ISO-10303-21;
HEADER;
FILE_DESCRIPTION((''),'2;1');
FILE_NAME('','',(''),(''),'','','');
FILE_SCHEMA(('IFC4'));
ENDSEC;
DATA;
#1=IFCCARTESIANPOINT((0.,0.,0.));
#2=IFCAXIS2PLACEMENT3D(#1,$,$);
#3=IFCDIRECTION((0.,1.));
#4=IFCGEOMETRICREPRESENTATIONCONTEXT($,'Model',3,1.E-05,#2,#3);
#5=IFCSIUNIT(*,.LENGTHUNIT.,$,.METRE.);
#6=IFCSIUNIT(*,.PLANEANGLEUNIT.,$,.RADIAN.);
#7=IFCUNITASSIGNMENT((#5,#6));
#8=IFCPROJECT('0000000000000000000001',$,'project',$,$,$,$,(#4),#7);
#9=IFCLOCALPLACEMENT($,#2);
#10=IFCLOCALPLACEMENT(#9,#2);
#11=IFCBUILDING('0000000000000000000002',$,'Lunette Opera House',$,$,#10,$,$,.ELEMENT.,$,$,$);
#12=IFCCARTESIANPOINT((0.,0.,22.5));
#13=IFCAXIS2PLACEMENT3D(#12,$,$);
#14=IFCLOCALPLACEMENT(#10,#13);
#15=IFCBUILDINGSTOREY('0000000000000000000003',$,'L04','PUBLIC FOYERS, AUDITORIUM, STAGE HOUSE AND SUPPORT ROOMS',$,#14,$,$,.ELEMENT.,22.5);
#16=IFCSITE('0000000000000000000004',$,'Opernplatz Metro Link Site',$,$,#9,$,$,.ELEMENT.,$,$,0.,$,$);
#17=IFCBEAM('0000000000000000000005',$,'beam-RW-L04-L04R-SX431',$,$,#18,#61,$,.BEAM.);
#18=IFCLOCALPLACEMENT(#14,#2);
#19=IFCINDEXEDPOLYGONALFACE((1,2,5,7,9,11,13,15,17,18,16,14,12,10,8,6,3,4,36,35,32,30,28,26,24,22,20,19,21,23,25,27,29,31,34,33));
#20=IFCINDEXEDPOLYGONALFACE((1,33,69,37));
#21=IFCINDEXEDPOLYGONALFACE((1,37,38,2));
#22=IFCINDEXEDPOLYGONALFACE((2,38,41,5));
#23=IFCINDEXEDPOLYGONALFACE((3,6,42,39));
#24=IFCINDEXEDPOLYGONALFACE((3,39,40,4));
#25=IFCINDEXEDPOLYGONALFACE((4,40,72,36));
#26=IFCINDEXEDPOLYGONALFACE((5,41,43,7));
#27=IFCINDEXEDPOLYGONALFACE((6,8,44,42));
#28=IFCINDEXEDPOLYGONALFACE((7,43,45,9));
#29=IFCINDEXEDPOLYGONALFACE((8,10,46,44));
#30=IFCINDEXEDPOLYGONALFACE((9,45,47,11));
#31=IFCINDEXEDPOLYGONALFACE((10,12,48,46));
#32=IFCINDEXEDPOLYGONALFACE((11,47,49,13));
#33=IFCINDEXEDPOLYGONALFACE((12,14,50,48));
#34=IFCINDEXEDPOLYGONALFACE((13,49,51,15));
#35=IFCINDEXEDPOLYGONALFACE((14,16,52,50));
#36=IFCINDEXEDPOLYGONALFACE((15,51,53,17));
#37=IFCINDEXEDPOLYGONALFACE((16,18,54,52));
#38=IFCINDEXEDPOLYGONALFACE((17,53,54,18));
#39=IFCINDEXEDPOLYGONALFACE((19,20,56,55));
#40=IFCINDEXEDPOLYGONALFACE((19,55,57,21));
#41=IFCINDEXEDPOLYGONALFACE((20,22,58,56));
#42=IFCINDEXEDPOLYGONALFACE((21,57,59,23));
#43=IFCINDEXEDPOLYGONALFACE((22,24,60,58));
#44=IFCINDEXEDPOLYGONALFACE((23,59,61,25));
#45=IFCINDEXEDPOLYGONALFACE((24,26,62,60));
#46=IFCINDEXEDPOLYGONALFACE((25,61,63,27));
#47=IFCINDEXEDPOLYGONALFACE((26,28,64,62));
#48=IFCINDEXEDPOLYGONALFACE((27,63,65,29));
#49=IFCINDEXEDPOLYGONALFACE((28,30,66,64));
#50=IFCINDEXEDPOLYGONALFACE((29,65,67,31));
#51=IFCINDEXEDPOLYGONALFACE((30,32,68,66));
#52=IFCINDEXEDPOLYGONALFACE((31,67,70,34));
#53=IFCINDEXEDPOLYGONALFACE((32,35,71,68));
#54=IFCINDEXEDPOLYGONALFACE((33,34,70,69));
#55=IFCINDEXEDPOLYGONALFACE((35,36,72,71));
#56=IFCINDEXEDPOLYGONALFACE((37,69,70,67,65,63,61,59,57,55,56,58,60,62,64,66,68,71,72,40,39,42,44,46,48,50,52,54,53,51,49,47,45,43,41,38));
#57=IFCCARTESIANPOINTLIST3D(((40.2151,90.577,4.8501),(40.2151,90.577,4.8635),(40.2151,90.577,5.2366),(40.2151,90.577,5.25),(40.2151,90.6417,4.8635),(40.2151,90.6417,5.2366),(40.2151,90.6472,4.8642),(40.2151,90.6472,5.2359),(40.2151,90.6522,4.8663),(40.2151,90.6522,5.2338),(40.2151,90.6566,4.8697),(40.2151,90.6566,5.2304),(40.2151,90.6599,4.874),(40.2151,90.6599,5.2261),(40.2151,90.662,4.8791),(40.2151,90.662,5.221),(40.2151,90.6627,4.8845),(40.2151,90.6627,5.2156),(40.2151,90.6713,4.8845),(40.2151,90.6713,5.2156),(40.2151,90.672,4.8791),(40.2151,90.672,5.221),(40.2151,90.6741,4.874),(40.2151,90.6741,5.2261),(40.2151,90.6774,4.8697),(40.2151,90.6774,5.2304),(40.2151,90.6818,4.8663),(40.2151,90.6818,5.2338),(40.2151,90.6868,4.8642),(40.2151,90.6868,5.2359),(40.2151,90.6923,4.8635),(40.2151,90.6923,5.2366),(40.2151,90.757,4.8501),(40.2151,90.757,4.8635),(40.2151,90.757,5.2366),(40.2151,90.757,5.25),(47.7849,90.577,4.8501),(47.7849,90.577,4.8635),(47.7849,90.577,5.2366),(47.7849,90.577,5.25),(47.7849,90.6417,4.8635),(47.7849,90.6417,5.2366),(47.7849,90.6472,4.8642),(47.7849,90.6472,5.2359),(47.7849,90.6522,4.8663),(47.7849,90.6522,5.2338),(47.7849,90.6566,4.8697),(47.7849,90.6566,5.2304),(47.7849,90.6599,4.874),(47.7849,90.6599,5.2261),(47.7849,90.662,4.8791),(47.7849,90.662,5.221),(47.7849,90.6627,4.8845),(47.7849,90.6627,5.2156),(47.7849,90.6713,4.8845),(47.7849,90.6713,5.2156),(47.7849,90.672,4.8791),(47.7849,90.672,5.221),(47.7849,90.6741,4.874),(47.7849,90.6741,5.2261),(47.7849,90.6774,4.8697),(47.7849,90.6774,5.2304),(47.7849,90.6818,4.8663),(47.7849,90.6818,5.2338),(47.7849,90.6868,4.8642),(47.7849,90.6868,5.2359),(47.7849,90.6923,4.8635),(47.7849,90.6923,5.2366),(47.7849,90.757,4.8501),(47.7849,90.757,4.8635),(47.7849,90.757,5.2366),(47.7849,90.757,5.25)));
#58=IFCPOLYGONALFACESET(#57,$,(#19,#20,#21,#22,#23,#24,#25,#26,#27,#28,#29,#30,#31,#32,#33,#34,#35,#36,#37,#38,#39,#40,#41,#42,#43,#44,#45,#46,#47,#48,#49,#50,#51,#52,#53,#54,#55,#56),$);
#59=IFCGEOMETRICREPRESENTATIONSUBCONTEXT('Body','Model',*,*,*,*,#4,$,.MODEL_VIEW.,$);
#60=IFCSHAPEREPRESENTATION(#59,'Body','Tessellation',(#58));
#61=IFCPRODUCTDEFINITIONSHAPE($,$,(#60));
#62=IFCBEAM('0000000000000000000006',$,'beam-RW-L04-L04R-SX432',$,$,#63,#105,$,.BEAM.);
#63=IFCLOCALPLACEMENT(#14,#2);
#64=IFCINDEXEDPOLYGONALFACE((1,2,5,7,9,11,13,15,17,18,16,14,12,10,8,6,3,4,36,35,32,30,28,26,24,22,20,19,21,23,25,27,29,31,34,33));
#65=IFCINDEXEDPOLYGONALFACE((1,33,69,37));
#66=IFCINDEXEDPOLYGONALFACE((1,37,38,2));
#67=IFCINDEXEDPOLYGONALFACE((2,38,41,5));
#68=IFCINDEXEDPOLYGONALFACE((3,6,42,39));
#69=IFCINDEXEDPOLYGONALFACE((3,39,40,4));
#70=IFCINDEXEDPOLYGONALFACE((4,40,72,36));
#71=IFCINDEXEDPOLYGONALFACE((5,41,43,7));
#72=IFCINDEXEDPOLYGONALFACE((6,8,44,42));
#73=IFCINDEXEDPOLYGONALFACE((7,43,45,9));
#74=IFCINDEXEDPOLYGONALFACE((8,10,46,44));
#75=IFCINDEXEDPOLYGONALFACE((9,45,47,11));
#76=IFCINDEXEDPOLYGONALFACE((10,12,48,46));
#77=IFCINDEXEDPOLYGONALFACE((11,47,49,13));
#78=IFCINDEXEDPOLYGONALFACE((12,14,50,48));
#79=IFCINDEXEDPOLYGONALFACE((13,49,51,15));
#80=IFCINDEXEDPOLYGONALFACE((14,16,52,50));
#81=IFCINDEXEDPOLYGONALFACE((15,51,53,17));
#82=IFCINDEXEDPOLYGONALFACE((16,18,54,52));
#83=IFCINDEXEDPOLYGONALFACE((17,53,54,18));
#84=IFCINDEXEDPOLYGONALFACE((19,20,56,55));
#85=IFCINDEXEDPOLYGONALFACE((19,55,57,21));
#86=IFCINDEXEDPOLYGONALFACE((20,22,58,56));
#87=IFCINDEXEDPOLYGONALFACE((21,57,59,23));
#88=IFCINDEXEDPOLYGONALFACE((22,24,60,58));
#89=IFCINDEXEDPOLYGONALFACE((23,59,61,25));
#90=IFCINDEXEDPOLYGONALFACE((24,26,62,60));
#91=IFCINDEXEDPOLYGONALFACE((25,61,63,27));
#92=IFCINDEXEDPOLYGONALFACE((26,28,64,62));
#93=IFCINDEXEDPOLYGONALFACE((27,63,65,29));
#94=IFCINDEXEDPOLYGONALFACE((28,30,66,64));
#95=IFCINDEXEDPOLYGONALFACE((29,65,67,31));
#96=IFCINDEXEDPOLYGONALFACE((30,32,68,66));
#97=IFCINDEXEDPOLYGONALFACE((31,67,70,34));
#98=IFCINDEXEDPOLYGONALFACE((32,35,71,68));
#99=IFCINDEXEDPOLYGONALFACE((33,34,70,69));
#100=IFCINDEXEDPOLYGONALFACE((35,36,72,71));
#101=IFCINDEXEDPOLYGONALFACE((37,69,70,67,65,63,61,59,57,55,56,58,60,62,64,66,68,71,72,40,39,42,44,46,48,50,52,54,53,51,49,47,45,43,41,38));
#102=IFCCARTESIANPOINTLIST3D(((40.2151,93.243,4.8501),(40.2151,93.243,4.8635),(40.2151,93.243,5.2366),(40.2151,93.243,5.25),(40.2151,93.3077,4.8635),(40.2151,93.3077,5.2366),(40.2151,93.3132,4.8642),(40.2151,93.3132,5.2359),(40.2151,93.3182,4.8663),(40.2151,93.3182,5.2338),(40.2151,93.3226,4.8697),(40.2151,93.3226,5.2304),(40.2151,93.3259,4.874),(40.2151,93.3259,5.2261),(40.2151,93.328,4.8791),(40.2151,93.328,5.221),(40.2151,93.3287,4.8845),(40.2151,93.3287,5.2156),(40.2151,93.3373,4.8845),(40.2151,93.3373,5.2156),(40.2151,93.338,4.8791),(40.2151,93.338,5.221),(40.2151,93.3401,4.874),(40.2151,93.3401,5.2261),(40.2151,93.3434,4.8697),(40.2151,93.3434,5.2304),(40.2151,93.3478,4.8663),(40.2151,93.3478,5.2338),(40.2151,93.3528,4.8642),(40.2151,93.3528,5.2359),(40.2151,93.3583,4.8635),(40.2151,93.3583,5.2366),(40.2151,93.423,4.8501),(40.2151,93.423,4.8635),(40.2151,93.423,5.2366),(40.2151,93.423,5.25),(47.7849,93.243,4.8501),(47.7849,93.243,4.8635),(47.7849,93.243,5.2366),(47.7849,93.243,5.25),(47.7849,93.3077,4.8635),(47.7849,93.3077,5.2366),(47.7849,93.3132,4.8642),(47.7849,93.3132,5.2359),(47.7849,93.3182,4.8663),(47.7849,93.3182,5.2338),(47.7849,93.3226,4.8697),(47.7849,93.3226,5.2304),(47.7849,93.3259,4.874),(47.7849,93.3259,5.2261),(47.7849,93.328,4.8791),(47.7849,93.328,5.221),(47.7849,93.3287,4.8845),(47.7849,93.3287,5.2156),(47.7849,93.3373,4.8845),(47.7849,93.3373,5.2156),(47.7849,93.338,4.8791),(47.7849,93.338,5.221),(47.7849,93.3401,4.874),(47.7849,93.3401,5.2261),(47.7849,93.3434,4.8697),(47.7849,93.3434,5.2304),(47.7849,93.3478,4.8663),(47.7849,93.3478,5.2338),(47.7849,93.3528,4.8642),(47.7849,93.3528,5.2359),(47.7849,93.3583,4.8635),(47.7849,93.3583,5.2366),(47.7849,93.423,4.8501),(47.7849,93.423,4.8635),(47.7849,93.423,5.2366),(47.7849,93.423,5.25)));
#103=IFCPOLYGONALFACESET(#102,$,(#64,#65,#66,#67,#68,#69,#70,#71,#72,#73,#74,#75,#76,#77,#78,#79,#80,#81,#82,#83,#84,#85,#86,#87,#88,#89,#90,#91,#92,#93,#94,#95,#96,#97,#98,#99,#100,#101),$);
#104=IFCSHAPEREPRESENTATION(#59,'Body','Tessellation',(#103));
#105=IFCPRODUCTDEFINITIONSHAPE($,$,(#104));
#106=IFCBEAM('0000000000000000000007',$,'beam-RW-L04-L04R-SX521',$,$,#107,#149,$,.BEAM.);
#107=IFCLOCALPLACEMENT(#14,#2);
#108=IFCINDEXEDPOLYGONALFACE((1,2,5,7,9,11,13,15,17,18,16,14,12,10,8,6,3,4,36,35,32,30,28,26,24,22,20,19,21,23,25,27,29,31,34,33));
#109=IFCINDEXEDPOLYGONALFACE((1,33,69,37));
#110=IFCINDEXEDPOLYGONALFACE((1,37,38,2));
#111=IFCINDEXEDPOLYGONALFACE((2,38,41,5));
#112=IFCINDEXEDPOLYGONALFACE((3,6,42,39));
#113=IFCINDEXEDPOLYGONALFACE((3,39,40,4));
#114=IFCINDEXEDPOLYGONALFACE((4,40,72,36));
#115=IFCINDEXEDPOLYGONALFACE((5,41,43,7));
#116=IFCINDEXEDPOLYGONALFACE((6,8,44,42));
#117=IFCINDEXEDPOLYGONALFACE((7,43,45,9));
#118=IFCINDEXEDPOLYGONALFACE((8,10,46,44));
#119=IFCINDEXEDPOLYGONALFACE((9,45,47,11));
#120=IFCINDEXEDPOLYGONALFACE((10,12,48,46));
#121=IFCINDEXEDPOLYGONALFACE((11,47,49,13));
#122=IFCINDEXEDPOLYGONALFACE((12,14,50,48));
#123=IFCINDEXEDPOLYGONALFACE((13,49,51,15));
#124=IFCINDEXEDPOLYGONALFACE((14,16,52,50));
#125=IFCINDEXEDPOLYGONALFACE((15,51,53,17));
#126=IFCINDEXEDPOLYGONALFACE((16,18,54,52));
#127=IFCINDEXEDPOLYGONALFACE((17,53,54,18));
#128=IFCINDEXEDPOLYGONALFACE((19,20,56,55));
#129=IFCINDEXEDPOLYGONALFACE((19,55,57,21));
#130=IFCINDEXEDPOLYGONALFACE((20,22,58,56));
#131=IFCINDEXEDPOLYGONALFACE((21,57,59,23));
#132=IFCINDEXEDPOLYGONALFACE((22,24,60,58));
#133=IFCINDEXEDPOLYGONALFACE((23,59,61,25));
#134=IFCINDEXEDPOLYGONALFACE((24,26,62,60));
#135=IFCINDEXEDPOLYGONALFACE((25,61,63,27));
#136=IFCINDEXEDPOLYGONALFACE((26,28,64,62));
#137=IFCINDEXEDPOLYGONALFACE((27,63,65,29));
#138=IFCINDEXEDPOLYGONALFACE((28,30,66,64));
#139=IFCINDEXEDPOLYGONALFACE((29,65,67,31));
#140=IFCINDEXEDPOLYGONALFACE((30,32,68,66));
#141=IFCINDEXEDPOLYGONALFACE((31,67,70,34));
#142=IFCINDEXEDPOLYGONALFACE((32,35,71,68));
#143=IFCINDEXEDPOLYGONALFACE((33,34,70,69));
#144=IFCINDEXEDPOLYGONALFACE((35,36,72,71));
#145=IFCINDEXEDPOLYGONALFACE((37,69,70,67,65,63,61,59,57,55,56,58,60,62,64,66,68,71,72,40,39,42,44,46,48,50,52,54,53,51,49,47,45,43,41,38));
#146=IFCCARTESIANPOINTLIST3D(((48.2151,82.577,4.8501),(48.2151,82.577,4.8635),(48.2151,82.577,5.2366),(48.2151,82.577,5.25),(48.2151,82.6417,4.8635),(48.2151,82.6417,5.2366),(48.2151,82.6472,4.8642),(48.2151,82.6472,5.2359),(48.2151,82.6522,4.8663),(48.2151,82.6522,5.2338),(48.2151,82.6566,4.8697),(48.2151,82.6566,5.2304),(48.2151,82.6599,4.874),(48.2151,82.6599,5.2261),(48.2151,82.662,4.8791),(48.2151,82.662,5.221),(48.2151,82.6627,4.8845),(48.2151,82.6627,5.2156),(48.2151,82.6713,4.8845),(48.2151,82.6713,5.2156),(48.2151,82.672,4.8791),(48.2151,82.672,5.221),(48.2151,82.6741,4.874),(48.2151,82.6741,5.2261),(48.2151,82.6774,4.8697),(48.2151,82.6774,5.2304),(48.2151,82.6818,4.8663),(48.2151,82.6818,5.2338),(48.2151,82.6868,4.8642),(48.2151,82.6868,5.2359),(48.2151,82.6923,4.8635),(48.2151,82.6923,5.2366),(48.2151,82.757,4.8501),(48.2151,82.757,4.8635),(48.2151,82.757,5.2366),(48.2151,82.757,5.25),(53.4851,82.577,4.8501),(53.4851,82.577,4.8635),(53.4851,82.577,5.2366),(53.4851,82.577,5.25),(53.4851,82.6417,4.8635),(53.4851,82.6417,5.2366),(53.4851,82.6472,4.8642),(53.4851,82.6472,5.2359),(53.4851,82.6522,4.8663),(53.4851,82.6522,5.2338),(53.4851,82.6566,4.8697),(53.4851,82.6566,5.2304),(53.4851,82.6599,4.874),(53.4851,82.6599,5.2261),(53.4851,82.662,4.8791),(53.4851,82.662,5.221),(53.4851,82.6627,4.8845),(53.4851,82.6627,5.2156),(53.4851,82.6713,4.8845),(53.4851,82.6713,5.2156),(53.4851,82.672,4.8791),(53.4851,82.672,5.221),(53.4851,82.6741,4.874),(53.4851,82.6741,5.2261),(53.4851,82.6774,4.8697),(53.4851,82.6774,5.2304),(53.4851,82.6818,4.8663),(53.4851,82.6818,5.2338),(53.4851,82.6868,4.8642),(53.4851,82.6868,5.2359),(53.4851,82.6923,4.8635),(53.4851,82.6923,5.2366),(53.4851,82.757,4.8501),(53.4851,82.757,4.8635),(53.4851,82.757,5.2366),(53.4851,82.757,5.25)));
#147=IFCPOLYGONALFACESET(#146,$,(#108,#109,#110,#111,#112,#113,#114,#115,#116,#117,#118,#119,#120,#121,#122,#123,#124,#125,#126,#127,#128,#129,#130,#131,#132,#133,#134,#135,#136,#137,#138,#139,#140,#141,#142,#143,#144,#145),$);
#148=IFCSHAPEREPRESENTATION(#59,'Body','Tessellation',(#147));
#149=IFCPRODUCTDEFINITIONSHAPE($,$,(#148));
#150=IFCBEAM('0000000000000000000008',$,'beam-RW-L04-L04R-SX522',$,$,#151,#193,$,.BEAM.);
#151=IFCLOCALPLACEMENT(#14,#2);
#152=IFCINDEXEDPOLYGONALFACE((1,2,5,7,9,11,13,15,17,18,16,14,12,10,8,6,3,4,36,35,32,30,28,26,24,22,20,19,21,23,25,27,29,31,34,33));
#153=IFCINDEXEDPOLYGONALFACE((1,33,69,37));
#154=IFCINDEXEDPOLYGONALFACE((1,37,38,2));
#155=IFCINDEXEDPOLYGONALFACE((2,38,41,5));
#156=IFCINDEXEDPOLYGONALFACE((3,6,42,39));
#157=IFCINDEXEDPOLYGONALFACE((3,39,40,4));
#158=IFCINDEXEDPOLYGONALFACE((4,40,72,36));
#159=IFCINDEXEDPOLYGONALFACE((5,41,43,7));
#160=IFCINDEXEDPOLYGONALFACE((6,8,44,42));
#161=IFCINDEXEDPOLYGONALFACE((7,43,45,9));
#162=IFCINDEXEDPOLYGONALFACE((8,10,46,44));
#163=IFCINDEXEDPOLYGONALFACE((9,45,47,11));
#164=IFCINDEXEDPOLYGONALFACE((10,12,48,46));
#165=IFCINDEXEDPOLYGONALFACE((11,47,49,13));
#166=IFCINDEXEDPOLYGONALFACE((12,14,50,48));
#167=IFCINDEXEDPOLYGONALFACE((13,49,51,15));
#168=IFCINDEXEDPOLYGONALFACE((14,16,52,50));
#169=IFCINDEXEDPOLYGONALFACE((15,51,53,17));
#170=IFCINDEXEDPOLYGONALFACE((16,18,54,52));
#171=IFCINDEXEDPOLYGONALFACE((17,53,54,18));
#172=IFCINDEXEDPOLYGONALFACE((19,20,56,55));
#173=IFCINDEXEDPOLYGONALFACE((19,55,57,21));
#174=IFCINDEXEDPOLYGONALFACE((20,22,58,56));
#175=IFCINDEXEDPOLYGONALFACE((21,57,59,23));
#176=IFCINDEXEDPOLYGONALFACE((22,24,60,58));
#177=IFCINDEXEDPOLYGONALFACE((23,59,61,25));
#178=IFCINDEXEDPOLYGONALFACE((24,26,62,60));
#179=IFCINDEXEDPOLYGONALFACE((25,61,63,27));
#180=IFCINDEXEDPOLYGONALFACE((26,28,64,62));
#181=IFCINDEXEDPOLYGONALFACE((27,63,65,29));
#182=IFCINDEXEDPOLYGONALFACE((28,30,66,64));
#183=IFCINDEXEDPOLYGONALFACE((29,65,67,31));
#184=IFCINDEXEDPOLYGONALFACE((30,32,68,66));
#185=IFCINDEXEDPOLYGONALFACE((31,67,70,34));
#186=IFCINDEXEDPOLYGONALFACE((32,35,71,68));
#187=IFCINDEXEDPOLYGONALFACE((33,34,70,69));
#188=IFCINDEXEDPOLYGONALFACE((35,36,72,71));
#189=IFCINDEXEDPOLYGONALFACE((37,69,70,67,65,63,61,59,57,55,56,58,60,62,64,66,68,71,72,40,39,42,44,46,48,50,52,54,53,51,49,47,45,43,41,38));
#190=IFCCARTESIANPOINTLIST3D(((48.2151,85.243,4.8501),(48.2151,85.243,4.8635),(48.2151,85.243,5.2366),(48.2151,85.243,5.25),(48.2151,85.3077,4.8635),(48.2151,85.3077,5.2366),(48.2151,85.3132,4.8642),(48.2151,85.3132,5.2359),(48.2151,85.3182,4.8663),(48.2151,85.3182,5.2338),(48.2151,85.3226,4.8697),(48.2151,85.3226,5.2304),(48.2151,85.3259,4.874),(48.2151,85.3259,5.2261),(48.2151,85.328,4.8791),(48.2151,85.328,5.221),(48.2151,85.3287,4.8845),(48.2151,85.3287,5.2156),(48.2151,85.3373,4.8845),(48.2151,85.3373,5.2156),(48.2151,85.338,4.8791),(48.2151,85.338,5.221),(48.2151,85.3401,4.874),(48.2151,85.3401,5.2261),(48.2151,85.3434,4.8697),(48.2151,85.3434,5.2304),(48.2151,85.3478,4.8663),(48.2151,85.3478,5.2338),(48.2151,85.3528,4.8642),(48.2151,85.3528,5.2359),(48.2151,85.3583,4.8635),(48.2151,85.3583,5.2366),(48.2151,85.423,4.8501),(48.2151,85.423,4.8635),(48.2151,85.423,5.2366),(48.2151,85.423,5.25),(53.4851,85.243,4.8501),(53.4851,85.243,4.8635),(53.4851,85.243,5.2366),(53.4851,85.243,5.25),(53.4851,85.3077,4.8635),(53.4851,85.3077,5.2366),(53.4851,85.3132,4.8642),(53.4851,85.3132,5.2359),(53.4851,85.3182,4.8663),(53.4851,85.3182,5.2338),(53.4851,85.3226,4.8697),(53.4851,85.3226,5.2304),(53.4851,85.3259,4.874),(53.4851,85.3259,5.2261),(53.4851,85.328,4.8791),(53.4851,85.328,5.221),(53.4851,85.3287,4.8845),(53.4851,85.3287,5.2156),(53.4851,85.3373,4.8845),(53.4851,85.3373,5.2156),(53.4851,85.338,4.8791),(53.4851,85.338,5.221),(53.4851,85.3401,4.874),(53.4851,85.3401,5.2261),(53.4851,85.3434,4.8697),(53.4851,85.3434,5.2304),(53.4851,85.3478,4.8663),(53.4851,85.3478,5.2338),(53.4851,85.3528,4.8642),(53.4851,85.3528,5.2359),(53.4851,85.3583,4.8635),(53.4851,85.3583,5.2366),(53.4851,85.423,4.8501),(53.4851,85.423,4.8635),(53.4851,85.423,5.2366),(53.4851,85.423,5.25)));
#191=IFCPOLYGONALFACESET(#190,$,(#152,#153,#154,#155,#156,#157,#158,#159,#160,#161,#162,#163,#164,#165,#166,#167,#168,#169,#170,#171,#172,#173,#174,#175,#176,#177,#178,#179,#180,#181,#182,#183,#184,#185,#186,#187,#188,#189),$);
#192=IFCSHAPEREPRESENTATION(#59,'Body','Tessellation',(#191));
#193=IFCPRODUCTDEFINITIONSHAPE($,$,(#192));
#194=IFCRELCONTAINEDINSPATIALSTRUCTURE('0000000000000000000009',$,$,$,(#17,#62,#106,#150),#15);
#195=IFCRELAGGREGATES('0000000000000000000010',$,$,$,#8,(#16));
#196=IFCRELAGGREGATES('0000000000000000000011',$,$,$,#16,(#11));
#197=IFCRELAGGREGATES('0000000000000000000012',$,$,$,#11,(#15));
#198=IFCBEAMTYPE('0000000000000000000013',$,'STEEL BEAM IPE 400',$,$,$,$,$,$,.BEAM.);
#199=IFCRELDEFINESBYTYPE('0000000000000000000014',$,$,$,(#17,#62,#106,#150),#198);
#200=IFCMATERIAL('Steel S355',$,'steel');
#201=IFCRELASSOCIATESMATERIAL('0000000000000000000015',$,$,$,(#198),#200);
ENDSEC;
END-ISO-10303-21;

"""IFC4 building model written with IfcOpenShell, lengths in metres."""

from ifc_helpers import new_model, si_unit, direction, frame, origin, origin_2d, place, context, subcontext, project, spatial, i_section, extrude, material, material_profile, profile_set, type_object, element, save


model = new_model("IFC4")

# Units and contexts
model_context = context("Model", 3, precision=1e-05, world=origin(), true_north=direction((0.0, 1.0)))
body_context = subcontext(model_context, "Body", "Model", "MODEL_VIEW")
ifc_project = project(units=[si_unit("LENGTHUNIT", "METRE"), si_unit("PLANEANGLEUNIT", "RADIAN")], contexts=[model_context])

# Site, building, storey
site_placement = place(None, origin())
site = spatial("IfcSite", under=ifc_project, at=site_placement, Name="Opernplatz Metro Link Site", CompositionType="ELEMENT", RefElevation=0.0)
building_placement = place(site_placement, origin())
building = spatial("IfcBuilding", under=site, at=building_placement, Name="Lunette Opera House", CompositionType="ELEMENT")
storey_placement = place(building_placement, frame((0.0, 0.0, 22.5)))
storey = spatial("IfcBuildingStorey", under=building, at=storey_placement, Name="L04", Description="PUBLIC FOYERS, AUDITORIUM, STAGE HOUSE AND SUPPORT ROOMS", CompositionType="ELEMENT", Elevation=22.5)

# Beams
ifc_material_1 = material(Name="Steel S355", Category="steel")
ifc_material_profile_1 = material_profile(ifc_material_1, i_section(OverallWidth=0.1799, OverallDepth=0.3999, WebThickness=0.0085, FlangeThickness=0.0134, FilletRadius=0.021, at=origin_2d()), Name="IPE 400")
ifc_profile_set_1 = profile_set([ifc_material_profile_1], Name="Steel S355")
beam_type_1 = type_object("IfcBeamType", Name="STEEL BEAM IPE 400", PredefinedType="BEAM", material=ifc_profile_set_1)
for number, where, z_axis, x_axis, name in (
    (1, (40.2151, 90.667, 5.05), (1.0, 0.0, 0.0), (0.0, 1.0, 0.0), "beam-RW-L04-L04R-SX431"),
    (2, (40.2151, 93.333, 5.05), (1.0, 0.0, 0.0), (0.0, 1.0, 0.0), "beam-RW-L04-L04R-SX432"),
):
    element("IfcBeam", number, at=place(storey_placement, frame(where, z_axis=z_axis, x_axis=x_axis)), inside=storey, type_object=beam_type_1, Name=name, PredefinedType="BEAM", context=body_context, shape_type="SweptSolid", body=[
        extrude(i_section(OverallWidth=0.1799, OverallDepth=0.3999, WebThickness=0.0085, FlangeThickness=0.0134, FilletRadius=0.021, at=origin_2d()), origin(), (0.0, 0.0, 1.0), 7.5698),
    ])
for number, where, z_axis, x_axis, name in (
    (3, (48.2151, 82.667, 5.05), (1.0, 0.0, 0.0), (0.0, 1.0, 0.0), "beam-RW-L04-L04R-SX521"),
    (4, (48.2151, 85.333, 5.05), (1.0, 0.0, 0.0), (0.0, 1.0, 0.0), "beam-RW-L04-L04R-SX522"),
):
    element("IfcBeam", number, at=place(storey_placement, frame(where, z_axis=z_axis, x_axis=x_axis)), inside=storey, type_object=beam_type_1, Name=name, PredefinedType="BEAM", context=body_context, shape_type="SweptSolid", body=[
        extrude(i_section(OverallWidth=0.1799, OverallDepth=0.3999, WebThickness=0.0085, FlangeThickness=0.0134, FilletRadius=0.021, at=origin_2d()), origin(), (0.0, 0.0, 1.0), 5.27),
    ])

save(model, "model.ifc")
